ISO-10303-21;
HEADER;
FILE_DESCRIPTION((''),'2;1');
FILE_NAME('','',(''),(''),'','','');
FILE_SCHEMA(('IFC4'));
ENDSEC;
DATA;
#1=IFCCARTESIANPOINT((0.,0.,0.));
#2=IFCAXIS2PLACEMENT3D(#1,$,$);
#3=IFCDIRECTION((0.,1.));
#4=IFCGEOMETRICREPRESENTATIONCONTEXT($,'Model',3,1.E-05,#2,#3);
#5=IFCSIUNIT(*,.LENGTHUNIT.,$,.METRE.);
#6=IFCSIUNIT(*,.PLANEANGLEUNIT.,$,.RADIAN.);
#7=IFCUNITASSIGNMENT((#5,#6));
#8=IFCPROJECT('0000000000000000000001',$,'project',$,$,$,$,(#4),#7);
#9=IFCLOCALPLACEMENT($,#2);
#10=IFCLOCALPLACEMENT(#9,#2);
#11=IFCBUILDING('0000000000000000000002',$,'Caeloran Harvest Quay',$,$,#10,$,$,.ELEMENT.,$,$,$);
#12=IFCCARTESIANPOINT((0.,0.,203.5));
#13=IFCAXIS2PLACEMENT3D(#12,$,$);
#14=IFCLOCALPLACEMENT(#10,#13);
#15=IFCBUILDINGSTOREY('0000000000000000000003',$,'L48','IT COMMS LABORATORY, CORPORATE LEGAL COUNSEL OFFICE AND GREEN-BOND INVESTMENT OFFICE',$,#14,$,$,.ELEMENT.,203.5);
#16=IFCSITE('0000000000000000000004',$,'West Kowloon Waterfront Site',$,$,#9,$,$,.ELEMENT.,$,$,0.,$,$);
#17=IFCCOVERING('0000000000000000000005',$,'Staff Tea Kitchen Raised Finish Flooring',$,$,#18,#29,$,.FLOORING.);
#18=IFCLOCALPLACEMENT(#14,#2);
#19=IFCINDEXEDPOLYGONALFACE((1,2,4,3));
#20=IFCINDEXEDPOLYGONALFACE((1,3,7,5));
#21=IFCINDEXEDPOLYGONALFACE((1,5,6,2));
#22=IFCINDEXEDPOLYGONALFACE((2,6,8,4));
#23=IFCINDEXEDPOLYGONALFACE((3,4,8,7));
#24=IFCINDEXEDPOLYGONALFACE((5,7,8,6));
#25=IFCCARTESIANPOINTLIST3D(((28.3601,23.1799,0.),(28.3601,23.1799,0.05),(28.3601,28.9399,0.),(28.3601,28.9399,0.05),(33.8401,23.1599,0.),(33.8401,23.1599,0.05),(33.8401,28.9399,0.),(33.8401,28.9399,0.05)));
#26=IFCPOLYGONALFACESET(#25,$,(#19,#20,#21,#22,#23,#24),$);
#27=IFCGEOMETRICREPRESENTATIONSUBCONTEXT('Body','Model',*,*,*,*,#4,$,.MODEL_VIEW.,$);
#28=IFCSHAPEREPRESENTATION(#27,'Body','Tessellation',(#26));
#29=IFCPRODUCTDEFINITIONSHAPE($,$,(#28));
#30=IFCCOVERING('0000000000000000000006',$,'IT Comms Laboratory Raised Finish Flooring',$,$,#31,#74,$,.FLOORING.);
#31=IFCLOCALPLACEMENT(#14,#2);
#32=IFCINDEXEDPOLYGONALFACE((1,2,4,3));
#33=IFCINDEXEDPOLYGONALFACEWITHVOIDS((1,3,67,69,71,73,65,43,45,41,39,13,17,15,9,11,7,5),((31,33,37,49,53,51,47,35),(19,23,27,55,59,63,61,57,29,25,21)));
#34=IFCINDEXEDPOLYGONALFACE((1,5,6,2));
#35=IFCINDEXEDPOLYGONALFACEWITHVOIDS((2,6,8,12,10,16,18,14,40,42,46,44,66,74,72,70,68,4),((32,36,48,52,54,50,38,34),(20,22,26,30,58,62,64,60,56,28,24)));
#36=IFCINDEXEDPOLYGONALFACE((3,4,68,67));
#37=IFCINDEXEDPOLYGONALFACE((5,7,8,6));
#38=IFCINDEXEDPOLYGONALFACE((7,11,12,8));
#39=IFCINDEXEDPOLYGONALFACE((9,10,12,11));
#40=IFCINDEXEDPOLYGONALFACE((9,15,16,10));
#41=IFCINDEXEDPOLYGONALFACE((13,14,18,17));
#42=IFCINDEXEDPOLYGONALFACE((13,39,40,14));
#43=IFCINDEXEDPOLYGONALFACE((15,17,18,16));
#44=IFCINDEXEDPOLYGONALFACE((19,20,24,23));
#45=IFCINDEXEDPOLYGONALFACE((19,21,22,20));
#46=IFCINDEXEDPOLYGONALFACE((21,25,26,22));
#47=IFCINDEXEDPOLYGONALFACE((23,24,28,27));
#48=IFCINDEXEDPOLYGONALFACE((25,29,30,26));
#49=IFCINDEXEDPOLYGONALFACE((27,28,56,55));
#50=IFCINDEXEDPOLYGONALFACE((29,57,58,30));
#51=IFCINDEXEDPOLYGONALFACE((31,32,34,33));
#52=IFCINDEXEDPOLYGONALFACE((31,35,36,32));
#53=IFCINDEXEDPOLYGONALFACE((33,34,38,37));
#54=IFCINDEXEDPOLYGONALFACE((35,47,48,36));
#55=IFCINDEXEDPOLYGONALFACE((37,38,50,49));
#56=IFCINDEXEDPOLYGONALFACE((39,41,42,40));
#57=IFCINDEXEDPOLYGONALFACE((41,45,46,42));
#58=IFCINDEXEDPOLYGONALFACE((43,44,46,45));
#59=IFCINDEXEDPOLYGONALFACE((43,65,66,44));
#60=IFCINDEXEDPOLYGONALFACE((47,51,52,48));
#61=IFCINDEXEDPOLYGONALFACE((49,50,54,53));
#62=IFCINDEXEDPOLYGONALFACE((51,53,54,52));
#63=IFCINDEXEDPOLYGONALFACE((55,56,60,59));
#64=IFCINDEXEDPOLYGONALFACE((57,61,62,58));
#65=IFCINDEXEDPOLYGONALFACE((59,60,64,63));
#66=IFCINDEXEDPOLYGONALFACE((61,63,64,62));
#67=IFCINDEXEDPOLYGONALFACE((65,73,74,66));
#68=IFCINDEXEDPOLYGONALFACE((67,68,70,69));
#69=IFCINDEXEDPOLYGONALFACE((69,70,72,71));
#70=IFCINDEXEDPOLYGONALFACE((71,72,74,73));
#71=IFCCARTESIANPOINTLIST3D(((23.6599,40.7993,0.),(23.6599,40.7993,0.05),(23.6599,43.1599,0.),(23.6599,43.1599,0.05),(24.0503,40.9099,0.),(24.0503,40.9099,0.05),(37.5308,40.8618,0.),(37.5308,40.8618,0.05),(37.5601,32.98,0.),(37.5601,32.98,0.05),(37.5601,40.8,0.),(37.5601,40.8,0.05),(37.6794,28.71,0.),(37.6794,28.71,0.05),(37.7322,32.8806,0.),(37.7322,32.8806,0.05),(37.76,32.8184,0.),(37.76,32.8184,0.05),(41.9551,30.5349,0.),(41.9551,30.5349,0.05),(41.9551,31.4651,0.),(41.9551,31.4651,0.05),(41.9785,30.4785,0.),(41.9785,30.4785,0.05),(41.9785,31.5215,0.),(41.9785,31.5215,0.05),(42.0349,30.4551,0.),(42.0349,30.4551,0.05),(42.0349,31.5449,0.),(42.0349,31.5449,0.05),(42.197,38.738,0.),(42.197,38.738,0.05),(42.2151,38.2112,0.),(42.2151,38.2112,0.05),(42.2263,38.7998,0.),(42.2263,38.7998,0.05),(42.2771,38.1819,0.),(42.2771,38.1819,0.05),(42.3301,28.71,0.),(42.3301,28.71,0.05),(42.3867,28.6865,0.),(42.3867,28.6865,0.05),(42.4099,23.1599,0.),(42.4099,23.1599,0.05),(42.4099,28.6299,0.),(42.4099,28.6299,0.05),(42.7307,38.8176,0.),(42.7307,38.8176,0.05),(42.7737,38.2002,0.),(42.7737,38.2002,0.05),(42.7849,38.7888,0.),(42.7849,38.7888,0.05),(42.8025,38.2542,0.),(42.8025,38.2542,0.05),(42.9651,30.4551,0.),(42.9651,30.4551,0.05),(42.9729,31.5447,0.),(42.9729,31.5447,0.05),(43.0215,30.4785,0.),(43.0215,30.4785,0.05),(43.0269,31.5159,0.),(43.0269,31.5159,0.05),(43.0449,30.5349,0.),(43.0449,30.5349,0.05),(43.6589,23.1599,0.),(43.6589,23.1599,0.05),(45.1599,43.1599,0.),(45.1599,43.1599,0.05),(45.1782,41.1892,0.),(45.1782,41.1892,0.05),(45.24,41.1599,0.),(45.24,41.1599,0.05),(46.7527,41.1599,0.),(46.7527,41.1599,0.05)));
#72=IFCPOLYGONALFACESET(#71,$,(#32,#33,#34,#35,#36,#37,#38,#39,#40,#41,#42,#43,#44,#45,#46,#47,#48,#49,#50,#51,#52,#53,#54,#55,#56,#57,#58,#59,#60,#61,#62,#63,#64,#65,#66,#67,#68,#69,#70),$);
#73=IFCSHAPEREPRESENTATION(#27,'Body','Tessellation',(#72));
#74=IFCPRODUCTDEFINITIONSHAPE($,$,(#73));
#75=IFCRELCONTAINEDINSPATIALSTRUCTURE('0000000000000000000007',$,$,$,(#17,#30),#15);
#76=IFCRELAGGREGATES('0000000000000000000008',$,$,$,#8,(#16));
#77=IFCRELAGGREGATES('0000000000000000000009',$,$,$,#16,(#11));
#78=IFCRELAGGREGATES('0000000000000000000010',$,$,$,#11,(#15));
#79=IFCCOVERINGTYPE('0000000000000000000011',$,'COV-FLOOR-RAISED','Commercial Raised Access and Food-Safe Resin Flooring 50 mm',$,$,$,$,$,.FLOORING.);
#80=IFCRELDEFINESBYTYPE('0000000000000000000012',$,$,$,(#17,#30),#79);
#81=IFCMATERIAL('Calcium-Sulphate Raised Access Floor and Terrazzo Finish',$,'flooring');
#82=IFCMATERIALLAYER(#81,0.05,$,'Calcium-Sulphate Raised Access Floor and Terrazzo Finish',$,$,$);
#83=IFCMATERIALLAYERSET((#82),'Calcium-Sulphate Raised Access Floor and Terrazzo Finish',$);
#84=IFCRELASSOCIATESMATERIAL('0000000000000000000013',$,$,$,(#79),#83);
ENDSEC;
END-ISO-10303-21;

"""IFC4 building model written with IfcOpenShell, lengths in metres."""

from ifc_helpers import new_model, si_unit, direction, frame, origin, place, context, subcontext, project, spatial, polyline, outline, extrude, material, layer, layer_set, type_object, element, save


model = new_model("IFC4")

# Units and contexts
model_context = context("Model", 3, precision=1e-05, world=origin(), true_north=direction((0.0, 1.0)))
body_context = subcontext(model_context, "Body", "Model", "MODEL_VIEW")
ifc_project = project(units=[si_unit("LENGTHUNIT", "METRE"), si_unit("PLANEANGLEUNIT", "RADIAN")], contexts=[model_context])

# Site, building, storey
site_placement = place(None, origin())
site = spatial("IfcSite", under=ifc_project, at=site_placement, Name="West Kowloon Waterfront Site", CompositionType="ELEMENT", RefElevation=0.0)
building_placement = place(site_placement, origin())
building = spatial("IfcBuilding", under=site, at=building_placement, Name="Caeloran Harvest Quay", CompositionType="ELEMENT")
storey_placement = place(building_placement, frame((0.0, 0.0, 203.5)))
storey = spatial("IfcBuildingStorey", under=building, at=storey_placement, Name="L48", Description="IT COMMS LABORATORY, CORPORATE LEGAL COUNSEL OFFICE AND GREEN-BOND INVESTMENT OFFICE", CompositionType="ELEMENT", Elevation=203.5)

# Coverings
ifc_material_1 = material(Name="Calcium-Sulphate Raised Access Floor and Terrazzo Finish", Category="flooring")
ifc_layer_1 = layer(ifc_material_1, 0.05, Name="Calcium-Sulphate Raised Access Floor and Terrazzo Finish")
ifc_layer_set_1 = layer_set([ifc_layer_1], Name="Calcium-Sulphate Raised Access Floor and Terrazzo Finish")
covering_type_1 = type_object("IfcCoveringType", Name="COV-FLOOR-RAISED", Description="Commercial Raised Access and Food-Safe Resin Flooring 50 mm", PredefinedType="FLOORING", material=ifc_layer_set_1)
covering_1_placement = place(storey_placement, origin())
element("IfcCovering", 1, at=covering_1_placement, inside=storey, type_object=covering_type_1, Name="Staff Tea Kitchen Raised Finish Flooring", PredefinedType="FLOORING", context=body_context, shape_type="SweptSolid", body=[
    extrude(outline(polyline([(33.8401, 23.1599), (28.3601, 23.1799), (28.3601, 28.9399), (33.8401, 28.9399), (33.8401, 23.1599)])), origin(), (0.0, 0.0, 1.0), 0.05),
])
covering_2_placement = place(storey_placement, origin())
element("IfcCovering", 2, at=covering_2_placement, inside=storey, type_object=covering_type_1, Name="IT Comms Laboratory Raised Finish Flooring", PredefinedType="FLOORING", context=body_context, shape_type="SweptSolid", body=[
    extrude(outline(polyline([(23.6599, 40.7993), (23.6599, 43.1599), (45.1599, 43.1599), (45.1782, 41.1892), (45.24, 41.1599), (46.7527, 41.1599), (43.6589, 23.1599), (42.4099, 23.1599), (42.4099, 28.6299), (42.3867, 28.6865), (42.3301, 28.71), (37.6794, 28.71), (37.76, 32.8184), (37.7322, 32.8806), (37.5601, 32.98), (37.5601, 40.8), (37.5308, 40.8618), (24.0503, 40.9099), (23.6599, 40.7993)]), holes=[polyline([(43.0449, 30.5349), (43.0269, 31.5159), (42.9729, 31.5447), (42.0349, 31.5449), (41.9785, 31.5215), (41.9551, 31.4651), (41.9551, 30.5349), (41.9785, 30.4785), (42.0349, 30.4551), (42.9651, 30.4551), (43.0215, 30.4785), (43.0449, 30.5349)]), polyline([(42.8025, 38.2542), (42.7849, 38.7888), (42.7307, 38.8176), (42.2263, 38.7998), (42.197, 38.738), (42.2151, 38.2112), (42.2771, 38.1819), (42.7737, 38.2002), (42.8025, 38.2542)])]), origin(), (0.0, 0.0, 1.0), 0.05),
])

save(model, "model.ifc")
